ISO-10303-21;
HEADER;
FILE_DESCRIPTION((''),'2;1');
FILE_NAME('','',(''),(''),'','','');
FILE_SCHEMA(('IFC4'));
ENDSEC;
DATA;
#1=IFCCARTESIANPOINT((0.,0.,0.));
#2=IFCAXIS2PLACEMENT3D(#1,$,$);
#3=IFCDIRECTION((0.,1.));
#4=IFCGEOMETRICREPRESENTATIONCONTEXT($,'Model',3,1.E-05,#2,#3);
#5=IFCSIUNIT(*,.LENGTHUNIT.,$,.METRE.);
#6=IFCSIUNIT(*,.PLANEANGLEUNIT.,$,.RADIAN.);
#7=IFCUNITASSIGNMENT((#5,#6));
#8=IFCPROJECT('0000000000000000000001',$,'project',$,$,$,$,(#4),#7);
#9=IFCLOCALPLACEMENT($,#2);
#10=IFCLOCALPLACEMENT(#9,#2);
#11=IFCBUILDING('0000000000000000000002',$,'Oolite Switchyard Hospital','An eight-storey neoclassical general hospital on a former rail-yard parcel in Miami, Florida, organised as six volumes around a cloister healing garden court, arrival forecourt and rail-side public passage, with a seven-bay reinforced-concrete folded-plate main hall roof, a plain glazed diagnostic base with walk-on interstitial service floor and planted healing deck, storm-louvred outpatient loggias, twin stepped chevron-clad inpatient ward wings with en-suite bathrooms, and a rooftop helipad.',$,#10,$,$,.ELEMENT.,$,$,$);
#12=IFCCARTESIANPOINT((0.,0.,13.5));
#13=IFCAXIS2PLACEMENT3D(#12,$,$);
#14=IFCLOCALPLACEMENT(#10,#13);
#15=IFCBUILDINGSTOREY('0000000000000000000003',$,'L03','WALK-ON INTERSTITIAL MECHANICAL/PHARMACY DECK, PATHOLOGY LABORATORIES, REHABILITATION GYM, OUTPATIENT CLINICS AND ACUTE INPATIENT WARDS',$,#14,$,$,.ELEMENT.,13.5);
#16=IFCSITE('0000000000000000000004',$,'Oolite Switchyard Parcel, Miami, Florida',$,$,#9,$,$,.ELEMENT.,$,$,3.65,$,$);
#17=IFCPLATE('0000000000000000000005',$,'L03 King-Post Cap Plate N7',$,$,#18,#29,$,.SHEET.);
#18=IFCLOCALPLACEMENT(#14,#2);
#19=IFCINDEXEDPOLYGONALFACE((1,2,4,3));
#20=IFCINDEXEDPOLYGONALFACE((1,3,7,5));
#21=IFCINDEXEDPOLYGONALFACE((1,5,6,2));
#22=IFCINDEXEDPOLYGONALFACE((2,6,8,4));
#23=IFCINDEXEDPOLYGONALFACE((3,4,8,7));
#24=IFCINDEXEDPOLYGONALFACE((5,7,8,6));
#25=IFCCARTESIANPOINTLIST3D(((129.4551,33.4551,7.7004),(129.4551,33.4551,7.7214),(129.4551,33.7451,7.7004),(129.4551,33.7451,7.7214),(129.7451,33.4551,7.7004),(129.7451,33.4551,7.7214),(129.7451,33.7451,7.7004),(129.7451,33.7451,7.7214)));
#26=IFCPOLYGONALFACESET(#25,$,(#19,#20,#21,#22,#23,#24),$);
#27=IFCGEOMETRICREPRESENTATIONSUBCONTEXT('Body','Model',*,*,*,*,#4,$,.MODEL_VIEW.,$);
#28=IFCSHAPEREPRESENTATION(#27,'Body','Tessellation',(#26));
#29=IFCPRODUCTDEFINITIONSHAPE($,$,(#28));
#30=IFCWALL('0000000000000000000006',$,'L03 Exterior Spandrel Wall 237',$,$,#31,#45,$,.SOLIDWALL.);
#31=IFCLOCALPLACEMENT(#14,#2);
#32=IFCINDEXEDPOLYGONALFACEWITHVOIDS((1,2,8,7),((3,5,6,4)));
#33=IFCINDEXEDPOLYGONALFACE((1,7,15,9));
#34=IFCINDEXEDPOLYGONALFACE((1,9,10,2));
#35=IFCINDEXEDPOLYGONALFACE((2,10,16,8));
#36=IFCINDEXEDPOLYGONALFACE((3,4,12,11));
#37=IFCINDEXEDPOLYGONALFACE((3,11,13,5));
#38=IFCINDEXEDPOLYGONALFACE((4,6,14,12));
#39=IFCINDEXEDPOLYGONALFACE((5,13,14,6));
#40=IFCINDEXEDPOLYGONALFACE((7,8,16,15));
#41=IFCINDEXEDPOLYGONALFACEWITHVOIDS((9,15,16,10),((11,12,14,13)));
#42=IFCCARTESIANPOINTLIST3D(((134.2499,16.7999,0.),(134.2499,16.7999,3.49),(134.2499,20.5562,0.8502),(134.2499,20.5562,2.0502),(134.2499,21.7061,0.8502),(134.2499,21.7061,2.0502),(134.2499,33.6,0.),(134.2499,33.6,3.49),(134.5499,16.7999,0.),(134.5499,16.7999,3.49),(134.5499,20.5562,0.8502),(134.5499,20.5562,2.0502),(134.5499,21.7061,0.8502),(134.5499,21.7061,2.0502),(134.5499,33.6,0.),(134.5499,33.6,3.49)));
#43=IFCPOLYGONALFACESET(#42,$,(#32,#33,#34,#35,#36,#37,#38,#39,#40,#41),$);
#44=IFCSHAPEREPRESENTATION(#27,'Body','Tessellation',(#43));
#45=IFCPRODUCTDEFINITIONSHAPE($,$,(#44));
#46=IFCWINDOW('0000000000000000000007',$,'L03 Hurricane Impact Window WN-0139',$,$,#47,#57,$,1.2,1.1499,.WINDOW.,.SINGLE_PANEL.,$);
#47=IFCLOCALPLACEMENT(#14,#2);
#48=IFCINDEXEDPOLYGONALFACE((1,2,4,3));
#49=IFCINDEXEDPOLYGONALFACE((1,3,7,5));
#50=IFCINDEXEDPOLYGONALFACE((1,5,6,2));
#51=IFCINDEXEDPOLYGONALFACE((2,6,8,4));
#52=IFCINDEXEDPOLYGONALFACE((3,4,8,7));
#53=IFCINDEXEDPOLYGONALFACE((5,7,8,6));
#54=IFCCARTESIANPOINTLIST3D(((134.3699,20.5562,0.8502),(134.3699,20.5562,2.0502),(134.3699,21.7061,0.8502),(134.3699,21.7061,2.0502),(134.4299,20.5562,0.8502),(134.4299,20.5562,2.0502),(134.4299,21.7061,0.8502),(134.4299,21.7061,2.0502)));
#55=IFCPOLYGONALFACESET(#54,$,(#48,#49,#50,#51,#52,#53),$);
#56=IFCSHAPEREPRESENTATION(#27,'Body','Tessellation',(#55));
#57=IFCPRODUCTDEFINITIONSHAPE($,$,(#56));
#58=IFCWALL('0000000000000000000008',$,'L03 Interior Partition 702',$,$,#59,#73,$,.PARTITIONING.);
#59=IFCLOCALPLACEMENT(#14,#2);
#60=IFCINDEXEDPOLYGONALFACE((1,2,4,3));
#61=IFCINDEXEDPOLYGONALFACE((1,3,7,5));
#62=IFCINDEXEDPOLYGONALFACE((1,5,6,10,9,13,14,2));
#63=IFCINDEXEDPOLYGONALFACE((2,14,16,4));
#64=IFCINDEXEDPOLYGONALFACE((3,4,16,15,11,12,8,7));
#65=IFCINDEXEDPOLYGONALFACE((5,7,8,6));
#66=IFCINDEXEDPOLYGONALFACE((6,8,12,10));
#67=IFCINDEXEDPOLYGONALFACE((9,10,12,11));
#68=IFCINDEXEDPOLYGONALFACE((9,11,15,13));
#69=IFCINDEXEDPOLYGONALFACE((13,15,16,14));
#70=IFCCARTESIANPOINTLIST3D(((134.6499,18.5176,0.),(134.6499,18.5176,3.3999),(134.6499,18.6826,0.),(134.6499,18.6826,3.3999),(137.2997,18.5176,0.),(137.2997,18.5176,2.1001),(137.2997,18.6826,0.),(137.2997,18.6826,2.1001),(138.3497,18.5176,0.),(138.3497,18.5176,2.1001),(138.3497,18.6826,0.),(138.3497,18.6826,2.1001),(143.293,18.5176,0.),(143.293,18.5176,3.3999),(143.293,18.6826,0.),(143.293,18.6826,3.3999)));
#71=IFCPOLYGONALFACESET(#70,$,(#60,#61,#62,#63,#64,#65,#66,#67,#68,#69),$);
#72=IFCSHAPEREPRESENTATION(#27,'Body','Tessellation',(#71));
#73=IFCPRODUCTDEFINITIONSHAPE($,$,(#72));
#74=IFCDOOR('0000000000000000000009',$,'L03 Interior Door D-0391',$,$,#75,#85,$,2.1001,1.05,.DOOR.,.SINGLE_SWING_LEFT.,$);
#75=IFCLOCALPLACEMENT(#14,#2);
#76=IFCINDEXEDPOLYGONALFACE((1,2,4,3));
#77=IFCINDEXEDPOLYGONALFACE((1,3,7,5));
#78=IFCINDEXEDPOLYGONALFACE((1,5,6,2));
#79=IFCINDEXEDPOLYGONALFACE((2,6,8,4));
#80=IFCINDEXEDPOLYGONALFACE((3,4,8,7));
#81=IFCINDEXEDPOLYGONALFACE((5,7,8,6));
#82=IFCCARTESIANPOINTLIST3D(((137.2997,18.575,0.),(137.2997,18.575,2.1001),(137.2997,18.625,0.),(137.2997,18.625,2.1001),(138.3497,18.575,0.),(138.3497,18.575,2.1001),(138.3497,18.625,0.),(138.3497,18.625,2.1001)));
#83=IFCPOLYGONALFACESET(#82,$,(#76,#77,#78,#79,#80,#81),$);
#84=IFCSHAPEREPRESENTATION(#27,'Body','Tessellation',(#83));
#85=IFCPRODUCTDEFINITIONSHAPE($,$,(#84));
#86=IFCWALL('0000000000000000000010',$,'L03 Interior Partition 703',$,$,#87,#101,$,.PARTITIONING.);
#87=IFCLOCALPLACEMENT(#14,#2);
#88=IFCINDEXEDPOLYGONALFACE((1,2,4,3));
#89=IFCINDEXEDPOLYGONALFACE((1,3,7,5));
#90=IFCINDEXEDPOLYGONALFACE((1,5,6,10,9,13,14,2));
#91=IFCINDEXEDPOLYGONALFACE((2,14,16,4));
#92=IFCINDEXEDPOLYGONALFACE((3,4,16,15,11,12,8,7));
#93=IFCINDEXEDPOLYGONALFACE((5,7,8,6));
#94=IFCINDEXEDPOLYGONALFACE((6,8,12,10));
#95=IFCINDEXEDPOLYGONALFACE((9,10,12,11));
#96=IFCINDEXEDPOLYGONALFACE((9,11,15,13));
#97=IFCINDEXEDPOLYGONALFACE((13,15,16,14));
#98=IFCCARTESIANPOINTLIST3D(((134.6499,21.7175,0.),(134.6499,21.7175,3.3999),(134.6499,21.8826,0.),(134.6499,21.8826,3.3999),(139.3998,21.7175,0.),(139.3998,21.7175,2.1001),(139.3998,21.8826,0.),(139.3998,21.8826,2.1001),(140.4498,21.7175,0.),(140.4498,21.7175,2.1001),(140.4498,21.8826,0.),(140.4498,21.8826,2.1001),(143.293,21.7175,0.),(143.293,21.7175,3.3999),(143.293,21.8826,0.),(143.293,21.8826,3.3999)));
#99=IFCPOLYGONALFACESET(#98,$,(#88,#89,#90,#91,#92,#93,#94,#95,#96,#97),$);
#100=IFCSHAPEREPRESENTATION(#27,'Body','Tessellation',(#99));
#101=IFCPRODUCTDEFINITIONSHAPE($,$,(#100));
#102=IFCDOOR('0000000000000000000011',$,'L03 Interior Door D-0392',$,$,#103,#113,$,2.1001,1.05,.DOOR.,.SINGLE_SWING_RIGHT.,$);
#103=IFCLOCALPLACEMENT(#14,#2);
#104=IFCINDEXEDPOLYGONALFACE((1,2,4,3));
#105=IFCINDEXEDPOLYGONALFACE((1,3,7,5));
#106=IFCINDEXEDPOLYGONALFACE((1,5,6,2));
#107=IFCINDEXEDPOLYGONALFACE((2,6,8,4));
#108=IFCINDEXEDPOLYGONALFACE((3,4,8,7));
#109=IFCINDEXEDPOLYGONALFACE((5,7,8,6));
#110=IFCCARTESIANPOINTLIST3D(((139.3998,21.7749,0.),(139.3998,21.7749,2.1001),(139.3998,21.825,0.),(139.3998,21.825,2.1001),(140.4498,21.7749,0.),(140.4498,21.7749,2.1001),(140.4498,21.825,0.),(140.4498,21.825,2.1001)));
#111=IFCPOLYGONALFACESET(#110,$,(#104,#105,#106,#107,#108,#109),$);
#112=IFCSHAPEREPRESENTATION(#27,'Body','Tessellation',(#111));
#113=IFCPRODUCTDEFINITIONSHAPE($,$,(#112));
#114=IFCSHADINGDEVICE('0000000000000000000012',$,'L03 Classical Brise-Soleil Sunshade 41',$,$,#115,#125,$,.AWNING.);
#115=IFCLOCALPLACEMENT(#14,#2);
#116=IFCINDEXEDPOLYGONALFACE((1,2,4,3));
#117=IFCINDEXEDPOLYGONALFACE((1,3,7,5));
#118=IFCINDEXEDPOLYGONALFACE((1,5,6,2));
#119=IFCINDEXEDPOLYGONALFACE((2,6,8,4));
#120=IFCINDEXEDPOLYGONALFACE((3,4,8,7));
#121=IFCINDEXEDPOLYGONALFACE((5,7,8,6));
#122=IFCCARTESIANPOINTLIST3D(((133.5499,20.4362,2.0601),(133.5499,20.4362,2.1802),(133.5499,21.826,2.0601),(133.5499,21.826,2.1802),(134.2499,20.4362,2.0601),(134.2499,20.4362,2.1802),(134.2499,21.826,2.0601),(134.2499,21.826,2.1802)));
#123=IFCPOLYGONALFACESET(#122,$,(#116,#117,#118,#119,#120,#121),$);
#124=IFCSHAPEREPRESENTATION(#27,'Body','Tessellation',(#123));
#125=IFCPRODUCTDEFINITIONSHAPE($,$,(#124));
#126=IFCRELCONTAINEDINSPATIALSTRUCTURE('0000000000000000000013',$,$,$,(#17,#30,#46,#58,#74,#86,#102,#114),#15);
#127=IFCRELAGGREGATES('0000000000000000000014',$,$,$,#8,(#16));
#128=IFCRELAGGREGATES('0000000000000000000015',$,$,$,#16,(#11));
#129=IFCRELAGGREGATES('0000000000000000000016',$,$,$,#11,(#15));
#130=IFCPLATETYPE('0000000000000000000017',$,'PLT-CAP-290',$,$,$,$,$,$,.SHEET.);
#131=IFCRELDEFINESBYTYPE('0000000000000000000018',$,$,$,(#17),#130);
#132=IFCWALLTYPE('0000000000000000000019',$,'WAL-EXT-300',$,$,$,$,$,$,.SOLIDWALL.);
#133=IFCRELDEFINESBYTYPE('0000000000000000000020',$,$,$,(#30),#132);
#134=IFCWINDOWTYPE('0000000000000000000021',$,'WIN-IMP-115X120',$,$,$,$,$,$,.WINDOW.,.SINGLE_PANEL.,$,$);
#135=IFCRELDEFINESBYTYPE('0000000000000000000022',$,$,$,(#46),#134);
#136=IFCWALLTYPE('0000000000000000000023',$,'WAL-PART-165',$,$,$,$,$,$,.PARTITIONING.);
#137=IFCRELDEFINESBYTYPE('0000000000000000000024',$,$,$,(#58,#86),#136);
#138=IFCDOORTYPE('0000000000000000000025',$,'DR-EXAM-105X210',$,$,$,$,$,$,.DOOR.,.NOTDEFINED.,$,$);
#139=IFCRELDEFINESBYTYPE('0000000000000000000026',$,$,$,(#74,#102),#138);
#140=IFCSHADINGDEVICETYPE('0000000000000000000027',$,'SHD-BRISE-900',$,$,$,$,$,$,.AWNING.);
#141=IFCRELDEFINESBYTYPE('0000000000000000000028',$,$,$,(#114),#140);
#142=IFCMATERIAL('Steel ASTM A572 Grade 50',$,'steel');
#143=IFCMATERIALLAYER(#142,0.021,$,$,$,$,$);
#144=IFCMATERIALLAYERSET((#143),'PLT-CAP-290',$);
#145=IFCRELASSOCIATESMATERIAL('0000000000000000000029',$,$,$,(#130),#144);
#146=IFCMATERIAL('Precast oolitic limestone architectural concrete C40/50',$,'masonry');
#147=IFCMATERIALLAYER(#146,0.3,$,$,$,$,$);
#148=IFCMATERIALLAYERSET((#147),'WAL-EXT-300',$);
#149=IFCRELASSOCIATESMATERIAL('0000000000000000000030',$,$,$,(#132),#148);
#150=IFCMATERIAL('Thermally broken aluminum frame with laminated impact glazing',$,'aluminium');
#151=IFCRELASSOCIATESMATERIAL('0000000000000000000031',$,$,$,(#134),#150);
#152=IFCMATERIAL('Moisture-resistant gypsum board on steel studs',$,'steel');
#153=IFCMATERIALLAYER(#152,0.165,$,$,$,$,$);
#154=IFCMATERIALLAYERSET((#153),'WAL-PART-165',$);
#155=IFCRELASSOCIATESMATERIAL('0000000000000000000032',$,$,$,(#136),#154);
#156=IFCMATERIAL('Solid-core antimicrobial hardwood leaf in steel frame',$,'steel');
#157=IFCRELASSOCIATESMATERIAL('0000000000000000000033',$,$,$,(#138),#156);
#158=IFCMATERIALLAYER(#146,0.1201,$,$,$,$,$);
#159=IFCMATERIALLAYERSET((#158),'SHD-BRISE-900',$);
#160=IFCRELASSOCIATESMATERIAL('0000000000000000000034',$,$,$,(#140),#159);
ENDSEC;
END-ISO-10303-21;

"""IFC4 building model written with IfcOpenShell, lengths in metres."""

from ifc_helpers import new_model, si_unit, direction, frame, frame_2d, origin, origin_2d, place, context, subcontext, project, spatial, rectangle, extrude, material, layer, layer_set, type_object, element, fill, save


model = new_model("IFC4")

# Units and contexts
model_context = context("Model", 3, precision=1e-05, world=origin(), true_north=direction((0.0, 1.0)))
body_context = subcontext(model_context, "Body", "Model", "MODEL_VIEW")
ifc_project = project(units=[si_unit("LENGTHUNIT", "METRE"), si_unit("PLANEANGLEUNIT", "RADIAN")], contexts=[model_context])

# Site, building, storey
site_placement = place(None, origin())
site = spatial("IfcSite", under=ifc_project, at=site_placement, Name="Oolite Switchyard Parcel, Miami, Florida", CompositionType="ELEMENT", RefElevation=3.65)
building_placement = place(site_placement, origin())
building = spatial("IfcBuilding", under=site, at=building_placement, Name="Oolite Switchyard Hospital", Description="An eight-storey neoclassical general hospital on a former rail-yard parcel in Miami, Florida, organised as six volumes around a cloister healing garden court, arrival forecourt and rail-side public passage, with a seven-bay reinforced-concrete folded-plate main hall roof, a plain glazed diagnostic base with walk-on interstitial service floor and planted healing deck, storm-louvred outpatient loggias, twin stepped chevron-clad inpatient ward wings with en-suite bathrooms, and a rooftop helipad.", CompositionType="ELEMENT")
storey_placement = place(building_placement, frame((0.0, 0.0, 13.5)))
storey = spatial("IfcBuildingStorey", under=building, at=storey_placement, Name="L03", Description="WALK-ON INTERSTITIAL MECHANICAL/PHARMACY DECK, PATHOLOGY LABORATORIES, REHABILITATION GYM, OUTPATIENT CLINICS AND ACUTE INPATIENT WARDS", CompositionType="ELEMENT", Elevation=13.5)

# Shared definitions
ifc_material_1 = material(Name="Thermally broken aluminum frame with laminated impact glazing", Category="aluminium")

# Plate
ifc_material_2 = material(Name="Steel ASTM A572 Grade 50", Category="steel")
ifc_layer_1 = layer(ifc_material_2, 0.021)
ifc_layer_set_1 = layer_set([ifc_layer_1], Name="PLT-CAP-290")
plate_type_1 = type_object("IfcPlateType", Name="PLT-CAP-290", PredefinedType="SHEET", material=ifc_layer_set_1)
for number, where, z_axis, x_axis, name in (
    (1, (129.6001, 33.6001, 7.7004), (0.0, 0.0, 1.0), (1.0, 0.0, 0.0), "L03 King-Post Cap Plate N7"),
):
    element("IfcPlate", number, at=place(storey_placement, frame(where, z_axis=z_axis, x_axis=x_axis)), inside=storey, type_object=plate_type_1, Name=name, PredefinedType="SHEET", context=body_context, shape_type="SweptSolid", body=[
        extrude(rectangle(XDim=0.29, YDim=0.29, at=origin_2d()), origin(), (0.0, 0.0, 1.0), 0.021),
    ])

# Wall, opening, window
ifc_material_3 = material(Name="Precast oolitic limestone architectural concrete C40/50", Category="masonry")
ifc_layer_2 = layer(ifc_material_3, 0.3)
ifc_layer_set_2 = layer_set([ifc_layer_2], Name="WAL-EXT-300")
wall_type_1 = type_object("IfcWallType", Name="WAL-EXT-300", PredefinedType="SOLIDWALL", material=ifc_layer_set_2)
wall_1_placement = place(storey_placement, frame((134.3999, 16.8, 0.0), z_axis=(0.0, 0.0, 1.0), x_axis=(0.0, 1.0, 0.0)))
wall_1 = element("IfcWall", 2, at=wall_1_placement, inside=storey, type_object=wall_type_1, Name="L03 Exterior Spandrel Wall 237", PredefinedType="SOLIDWALL", context=body_context, shape_type="SweptSolid", body=[
    extrude(rectangle(XDim=16.8, YDim=0.3, at=frame_2d((8.3999, 0.0))), origin(), (0.0, 0.0, 1.0), 3.49),
])
opening_1_placement = place(wall_1_placement, frame((3.7561, 0.0, 0.8501)))
opening_1 = element("IfcOpeningElement", 3, at=opening_1_placement, cuts=wall_1, PredefinedType="OPENING", context=body_context, shape_type="SweptSolid", body=[
    extrude(rectangle(XDim=1.1499, YDim=1.2, at=frame_2d((0.575, 0.6001))), frame((0.0, 0.1602, 0.0), z_axis=(0.0, -1.0, 0.0), x_axis=(1.0, 0.0, 0.0)), (0.0, 0.0, 1.0), 0.3201),
])
window_type = type_object("IfcWindowType", Name="WIN-IMP-115X120", PartitioningType="SINGLE_PANEL", PredefinedType="WINDOW", material=ifc_material_1)
window_placement = place(opening_1_placement, origin())
window = element("IfcWindow", 4, at=window_placement, inside=storey, type_object=window_type, Name="L03 Hurricane Impact Window WN-0139", OverallHeight=1.2, OverallWidth=1.1499, PartitioningType="SINGLE_PANEL", PredefinedType="WINDOW", context=body_context, shape_type="SweptSolid", body=[
    extrude(rectangle(XDim=1.1499, YDim=1.2, at=frame_2d((0.575, 0.6001))), frame((0.0, 0.03, 0.0), z_axis=(0.0, -1.0, 0.0), x_axis=(1.0, 0.0, 0.0)), (0.0, 0.0, 1.0), 0.0601),
])
fill(opening_1, window)

# Walls, openings, doors
ifc_material_4 = material(Name="Moisture-resistant gypsum board on steel studs", Category="steel")
ifc_layer_3 = layer(ifc_material_4, 0.165)
ifc_layer_set_3 = layer_set([ifc_layer_3], Name="WAL-PART-165")
wall_type_2 = type_object("IfcWallType", Name="WAL-PART-165", PredefinedType="PARTITIONING", material=ifc_layer_set_3)
wall_2_placement = place(storey_placement, frame((134.6499, 18.6001, 0.0), z_axis=(0.0, 0.0, 1.0), x_axis=(1.0, 0.0, 0.0)))
wall_2 = element("IfcWall", 5, at=wall_2_placement, inside=storey, type_object=wall_type_2, Name="L03 Interior Partition 702", PredefinedType="PARTITIONING", context=body_context, shape_type="SweptSolid", body=[
    extrude(rectangle(XDim=8.6431, YDim=0.165, at=frame_2d((4.3215, 0.0))), origin(), (0.0, 0.0, 1.0), 3.3999),
])
opening_2_placement = place(wall_2_placement, frame((2.6499, 0.0, 0.0)))
opening_2 = element("IfcOpeningElement", 6, at=opening_2_placement, cuts=wall_2, PredefinedType="OPENING", context=body_context, shape_type="SweptSolid", body=[
    extrude(rectangle(XDim=1.05, YDim=2.1001, at=frame_2d((0.5249, 1.05))), frame((0.0, 0.0925, 0.0), z_axis=(0.0, -1.0, 0.0), x_axis=(1.0, 0.0, 0.0)), (0.0, 0.0, 1.0), 0.1851),
])
ifc_material_5 = material(Name="Solid-core antimicrobial hardwood leaf in steel frame", Category="steel")
door_type = type_object("IfcDoorType", Name="DR-EXAM-105X210", OperationType="NOTDEFINED", PredefinedType="DOOR", material=ifc_material_5)
door_1_placement = place(opening_2_placement, origin())
door_1 = element("IfcDoor", 7, at=door_1_placement, inside=storey, type_object=door_type, Name="L03 Interior Door D-0391", OperationType="SINGLE_SWING_LEFT", OverallHeight=2.1001, OverallWidth=1.05, PredefinedType="DOOR", context=body_context, shape_type="SweptSolid", body=[
    extrude(rectangle(XDim=1.05, YDim=2.1001, at=frame_2d((0.5249, 1.05))), frame((0.0, 0.0249, 0.0), z_axis=(0.0, -1.0, 0.0), x_axis=(1.0, 0.0, 0.0)), (0.0, 0.0, 1.0), 0.05),
])
fill(opening_2, door_1)
wall_3_placement = place(storey_placement, frame((134.6499, 21.8, 0.0), z_axis=(0.0, 0.0, 1.0), x_axis=(1.0, 0.0, 0.0)))
wall_3 = element("IfcWall", 8, at=wall_3_placement, inside=storey, type_object=wall_type_2, Name="L03 Interior Partition 703", PredefinedType="PARTITIONING", context=body_context, shape_type="SweptSolid", body=[
    extrude(rectangle(XDim=8.6431, YDim=0.165, at=frame_2d((4.3215, 0.0))), origin(), (0.0, 0.0, 1.0), 3.3999),
])
opening_3_placement = place(wall_3_placement, frame((4.75, 0.0, 0.0)))
opening_3 = element("IfcOpeningElement", 9, at=opening_3_placement, cuts=wall_3, PredefinedType="OPENING", context=body_context, shape_type="SweptSolid", body=[
    extrude(rectangle(XDim=1.05, YDim=2.1001, at=frame_2d((0.5249, 1.05))), frame((0.0, 0.0925, 0.0), z_axis=(0.0, -1.0, 0.0), x_axis=(1.0, 0.0, 0.0)), (0.0, 0.0, 1.0), 0.1851),
])
door_2_placement = place(opening_3_placement, origin())
door_2 = element("IfcDoor", 10, at=door_2_placement, inside=storey, type_object=door_type, Name="L03 Interior Door D-0392", OperationType="SINGLE_SWING_RIGHT", OverallHeight=2.1001, OverallWidth=1.05, PredefinedType="DOOR", context=body_context, shape_type="SweptSolid", body=[
    extrude(rectangle(XDim=1.05, YDim=2.1001, at=frame_2d((0.5249, 1.05))), frame((0.0, 0.0249, 0.0), z_axis=(0.0, -1.0, 0.0), x_axis=(1.0, 0.0, 0.0)), (0.0, 0.0, 1.0), 0.05),
])
fill(opening_3, door_2)

# Shading device
ifc_layer_4 = layer(ifc_material_3, 0.1201)
ifc_layer_set_4 = layer_set([ifc_layer_4], Name="SHD-BRISE-900")
shading_device_type = type_object("IfcShadingDeviceType", Name="SHD-BRISE-900", PredefinedType="AWNING", material=ifc_layer_set_4)
shading_device_placement = place(storey_placement, frame((133.8999, 21.1311, 2.0601), z_axis=(0.0, 0.0, 1.0), x_axis=(0.0, 1.0, 0.0)))
element("IfcShadingDevice", 11, at=shading_device_placement, inside=storey, type_object=shading_device_type, Name="L03 Classical Brise-Soleil Sunshade 41", PredefinedType="AWNING", context=body_context, shape_type="SweptSolid", body=[
    extrude(rectangle(XDim=1.3899, YDim=0.7, at=origin_2d()), origin(), (0.0, 0.0, 1.0), 0.1201),
])

save(model, "model.ifc")
